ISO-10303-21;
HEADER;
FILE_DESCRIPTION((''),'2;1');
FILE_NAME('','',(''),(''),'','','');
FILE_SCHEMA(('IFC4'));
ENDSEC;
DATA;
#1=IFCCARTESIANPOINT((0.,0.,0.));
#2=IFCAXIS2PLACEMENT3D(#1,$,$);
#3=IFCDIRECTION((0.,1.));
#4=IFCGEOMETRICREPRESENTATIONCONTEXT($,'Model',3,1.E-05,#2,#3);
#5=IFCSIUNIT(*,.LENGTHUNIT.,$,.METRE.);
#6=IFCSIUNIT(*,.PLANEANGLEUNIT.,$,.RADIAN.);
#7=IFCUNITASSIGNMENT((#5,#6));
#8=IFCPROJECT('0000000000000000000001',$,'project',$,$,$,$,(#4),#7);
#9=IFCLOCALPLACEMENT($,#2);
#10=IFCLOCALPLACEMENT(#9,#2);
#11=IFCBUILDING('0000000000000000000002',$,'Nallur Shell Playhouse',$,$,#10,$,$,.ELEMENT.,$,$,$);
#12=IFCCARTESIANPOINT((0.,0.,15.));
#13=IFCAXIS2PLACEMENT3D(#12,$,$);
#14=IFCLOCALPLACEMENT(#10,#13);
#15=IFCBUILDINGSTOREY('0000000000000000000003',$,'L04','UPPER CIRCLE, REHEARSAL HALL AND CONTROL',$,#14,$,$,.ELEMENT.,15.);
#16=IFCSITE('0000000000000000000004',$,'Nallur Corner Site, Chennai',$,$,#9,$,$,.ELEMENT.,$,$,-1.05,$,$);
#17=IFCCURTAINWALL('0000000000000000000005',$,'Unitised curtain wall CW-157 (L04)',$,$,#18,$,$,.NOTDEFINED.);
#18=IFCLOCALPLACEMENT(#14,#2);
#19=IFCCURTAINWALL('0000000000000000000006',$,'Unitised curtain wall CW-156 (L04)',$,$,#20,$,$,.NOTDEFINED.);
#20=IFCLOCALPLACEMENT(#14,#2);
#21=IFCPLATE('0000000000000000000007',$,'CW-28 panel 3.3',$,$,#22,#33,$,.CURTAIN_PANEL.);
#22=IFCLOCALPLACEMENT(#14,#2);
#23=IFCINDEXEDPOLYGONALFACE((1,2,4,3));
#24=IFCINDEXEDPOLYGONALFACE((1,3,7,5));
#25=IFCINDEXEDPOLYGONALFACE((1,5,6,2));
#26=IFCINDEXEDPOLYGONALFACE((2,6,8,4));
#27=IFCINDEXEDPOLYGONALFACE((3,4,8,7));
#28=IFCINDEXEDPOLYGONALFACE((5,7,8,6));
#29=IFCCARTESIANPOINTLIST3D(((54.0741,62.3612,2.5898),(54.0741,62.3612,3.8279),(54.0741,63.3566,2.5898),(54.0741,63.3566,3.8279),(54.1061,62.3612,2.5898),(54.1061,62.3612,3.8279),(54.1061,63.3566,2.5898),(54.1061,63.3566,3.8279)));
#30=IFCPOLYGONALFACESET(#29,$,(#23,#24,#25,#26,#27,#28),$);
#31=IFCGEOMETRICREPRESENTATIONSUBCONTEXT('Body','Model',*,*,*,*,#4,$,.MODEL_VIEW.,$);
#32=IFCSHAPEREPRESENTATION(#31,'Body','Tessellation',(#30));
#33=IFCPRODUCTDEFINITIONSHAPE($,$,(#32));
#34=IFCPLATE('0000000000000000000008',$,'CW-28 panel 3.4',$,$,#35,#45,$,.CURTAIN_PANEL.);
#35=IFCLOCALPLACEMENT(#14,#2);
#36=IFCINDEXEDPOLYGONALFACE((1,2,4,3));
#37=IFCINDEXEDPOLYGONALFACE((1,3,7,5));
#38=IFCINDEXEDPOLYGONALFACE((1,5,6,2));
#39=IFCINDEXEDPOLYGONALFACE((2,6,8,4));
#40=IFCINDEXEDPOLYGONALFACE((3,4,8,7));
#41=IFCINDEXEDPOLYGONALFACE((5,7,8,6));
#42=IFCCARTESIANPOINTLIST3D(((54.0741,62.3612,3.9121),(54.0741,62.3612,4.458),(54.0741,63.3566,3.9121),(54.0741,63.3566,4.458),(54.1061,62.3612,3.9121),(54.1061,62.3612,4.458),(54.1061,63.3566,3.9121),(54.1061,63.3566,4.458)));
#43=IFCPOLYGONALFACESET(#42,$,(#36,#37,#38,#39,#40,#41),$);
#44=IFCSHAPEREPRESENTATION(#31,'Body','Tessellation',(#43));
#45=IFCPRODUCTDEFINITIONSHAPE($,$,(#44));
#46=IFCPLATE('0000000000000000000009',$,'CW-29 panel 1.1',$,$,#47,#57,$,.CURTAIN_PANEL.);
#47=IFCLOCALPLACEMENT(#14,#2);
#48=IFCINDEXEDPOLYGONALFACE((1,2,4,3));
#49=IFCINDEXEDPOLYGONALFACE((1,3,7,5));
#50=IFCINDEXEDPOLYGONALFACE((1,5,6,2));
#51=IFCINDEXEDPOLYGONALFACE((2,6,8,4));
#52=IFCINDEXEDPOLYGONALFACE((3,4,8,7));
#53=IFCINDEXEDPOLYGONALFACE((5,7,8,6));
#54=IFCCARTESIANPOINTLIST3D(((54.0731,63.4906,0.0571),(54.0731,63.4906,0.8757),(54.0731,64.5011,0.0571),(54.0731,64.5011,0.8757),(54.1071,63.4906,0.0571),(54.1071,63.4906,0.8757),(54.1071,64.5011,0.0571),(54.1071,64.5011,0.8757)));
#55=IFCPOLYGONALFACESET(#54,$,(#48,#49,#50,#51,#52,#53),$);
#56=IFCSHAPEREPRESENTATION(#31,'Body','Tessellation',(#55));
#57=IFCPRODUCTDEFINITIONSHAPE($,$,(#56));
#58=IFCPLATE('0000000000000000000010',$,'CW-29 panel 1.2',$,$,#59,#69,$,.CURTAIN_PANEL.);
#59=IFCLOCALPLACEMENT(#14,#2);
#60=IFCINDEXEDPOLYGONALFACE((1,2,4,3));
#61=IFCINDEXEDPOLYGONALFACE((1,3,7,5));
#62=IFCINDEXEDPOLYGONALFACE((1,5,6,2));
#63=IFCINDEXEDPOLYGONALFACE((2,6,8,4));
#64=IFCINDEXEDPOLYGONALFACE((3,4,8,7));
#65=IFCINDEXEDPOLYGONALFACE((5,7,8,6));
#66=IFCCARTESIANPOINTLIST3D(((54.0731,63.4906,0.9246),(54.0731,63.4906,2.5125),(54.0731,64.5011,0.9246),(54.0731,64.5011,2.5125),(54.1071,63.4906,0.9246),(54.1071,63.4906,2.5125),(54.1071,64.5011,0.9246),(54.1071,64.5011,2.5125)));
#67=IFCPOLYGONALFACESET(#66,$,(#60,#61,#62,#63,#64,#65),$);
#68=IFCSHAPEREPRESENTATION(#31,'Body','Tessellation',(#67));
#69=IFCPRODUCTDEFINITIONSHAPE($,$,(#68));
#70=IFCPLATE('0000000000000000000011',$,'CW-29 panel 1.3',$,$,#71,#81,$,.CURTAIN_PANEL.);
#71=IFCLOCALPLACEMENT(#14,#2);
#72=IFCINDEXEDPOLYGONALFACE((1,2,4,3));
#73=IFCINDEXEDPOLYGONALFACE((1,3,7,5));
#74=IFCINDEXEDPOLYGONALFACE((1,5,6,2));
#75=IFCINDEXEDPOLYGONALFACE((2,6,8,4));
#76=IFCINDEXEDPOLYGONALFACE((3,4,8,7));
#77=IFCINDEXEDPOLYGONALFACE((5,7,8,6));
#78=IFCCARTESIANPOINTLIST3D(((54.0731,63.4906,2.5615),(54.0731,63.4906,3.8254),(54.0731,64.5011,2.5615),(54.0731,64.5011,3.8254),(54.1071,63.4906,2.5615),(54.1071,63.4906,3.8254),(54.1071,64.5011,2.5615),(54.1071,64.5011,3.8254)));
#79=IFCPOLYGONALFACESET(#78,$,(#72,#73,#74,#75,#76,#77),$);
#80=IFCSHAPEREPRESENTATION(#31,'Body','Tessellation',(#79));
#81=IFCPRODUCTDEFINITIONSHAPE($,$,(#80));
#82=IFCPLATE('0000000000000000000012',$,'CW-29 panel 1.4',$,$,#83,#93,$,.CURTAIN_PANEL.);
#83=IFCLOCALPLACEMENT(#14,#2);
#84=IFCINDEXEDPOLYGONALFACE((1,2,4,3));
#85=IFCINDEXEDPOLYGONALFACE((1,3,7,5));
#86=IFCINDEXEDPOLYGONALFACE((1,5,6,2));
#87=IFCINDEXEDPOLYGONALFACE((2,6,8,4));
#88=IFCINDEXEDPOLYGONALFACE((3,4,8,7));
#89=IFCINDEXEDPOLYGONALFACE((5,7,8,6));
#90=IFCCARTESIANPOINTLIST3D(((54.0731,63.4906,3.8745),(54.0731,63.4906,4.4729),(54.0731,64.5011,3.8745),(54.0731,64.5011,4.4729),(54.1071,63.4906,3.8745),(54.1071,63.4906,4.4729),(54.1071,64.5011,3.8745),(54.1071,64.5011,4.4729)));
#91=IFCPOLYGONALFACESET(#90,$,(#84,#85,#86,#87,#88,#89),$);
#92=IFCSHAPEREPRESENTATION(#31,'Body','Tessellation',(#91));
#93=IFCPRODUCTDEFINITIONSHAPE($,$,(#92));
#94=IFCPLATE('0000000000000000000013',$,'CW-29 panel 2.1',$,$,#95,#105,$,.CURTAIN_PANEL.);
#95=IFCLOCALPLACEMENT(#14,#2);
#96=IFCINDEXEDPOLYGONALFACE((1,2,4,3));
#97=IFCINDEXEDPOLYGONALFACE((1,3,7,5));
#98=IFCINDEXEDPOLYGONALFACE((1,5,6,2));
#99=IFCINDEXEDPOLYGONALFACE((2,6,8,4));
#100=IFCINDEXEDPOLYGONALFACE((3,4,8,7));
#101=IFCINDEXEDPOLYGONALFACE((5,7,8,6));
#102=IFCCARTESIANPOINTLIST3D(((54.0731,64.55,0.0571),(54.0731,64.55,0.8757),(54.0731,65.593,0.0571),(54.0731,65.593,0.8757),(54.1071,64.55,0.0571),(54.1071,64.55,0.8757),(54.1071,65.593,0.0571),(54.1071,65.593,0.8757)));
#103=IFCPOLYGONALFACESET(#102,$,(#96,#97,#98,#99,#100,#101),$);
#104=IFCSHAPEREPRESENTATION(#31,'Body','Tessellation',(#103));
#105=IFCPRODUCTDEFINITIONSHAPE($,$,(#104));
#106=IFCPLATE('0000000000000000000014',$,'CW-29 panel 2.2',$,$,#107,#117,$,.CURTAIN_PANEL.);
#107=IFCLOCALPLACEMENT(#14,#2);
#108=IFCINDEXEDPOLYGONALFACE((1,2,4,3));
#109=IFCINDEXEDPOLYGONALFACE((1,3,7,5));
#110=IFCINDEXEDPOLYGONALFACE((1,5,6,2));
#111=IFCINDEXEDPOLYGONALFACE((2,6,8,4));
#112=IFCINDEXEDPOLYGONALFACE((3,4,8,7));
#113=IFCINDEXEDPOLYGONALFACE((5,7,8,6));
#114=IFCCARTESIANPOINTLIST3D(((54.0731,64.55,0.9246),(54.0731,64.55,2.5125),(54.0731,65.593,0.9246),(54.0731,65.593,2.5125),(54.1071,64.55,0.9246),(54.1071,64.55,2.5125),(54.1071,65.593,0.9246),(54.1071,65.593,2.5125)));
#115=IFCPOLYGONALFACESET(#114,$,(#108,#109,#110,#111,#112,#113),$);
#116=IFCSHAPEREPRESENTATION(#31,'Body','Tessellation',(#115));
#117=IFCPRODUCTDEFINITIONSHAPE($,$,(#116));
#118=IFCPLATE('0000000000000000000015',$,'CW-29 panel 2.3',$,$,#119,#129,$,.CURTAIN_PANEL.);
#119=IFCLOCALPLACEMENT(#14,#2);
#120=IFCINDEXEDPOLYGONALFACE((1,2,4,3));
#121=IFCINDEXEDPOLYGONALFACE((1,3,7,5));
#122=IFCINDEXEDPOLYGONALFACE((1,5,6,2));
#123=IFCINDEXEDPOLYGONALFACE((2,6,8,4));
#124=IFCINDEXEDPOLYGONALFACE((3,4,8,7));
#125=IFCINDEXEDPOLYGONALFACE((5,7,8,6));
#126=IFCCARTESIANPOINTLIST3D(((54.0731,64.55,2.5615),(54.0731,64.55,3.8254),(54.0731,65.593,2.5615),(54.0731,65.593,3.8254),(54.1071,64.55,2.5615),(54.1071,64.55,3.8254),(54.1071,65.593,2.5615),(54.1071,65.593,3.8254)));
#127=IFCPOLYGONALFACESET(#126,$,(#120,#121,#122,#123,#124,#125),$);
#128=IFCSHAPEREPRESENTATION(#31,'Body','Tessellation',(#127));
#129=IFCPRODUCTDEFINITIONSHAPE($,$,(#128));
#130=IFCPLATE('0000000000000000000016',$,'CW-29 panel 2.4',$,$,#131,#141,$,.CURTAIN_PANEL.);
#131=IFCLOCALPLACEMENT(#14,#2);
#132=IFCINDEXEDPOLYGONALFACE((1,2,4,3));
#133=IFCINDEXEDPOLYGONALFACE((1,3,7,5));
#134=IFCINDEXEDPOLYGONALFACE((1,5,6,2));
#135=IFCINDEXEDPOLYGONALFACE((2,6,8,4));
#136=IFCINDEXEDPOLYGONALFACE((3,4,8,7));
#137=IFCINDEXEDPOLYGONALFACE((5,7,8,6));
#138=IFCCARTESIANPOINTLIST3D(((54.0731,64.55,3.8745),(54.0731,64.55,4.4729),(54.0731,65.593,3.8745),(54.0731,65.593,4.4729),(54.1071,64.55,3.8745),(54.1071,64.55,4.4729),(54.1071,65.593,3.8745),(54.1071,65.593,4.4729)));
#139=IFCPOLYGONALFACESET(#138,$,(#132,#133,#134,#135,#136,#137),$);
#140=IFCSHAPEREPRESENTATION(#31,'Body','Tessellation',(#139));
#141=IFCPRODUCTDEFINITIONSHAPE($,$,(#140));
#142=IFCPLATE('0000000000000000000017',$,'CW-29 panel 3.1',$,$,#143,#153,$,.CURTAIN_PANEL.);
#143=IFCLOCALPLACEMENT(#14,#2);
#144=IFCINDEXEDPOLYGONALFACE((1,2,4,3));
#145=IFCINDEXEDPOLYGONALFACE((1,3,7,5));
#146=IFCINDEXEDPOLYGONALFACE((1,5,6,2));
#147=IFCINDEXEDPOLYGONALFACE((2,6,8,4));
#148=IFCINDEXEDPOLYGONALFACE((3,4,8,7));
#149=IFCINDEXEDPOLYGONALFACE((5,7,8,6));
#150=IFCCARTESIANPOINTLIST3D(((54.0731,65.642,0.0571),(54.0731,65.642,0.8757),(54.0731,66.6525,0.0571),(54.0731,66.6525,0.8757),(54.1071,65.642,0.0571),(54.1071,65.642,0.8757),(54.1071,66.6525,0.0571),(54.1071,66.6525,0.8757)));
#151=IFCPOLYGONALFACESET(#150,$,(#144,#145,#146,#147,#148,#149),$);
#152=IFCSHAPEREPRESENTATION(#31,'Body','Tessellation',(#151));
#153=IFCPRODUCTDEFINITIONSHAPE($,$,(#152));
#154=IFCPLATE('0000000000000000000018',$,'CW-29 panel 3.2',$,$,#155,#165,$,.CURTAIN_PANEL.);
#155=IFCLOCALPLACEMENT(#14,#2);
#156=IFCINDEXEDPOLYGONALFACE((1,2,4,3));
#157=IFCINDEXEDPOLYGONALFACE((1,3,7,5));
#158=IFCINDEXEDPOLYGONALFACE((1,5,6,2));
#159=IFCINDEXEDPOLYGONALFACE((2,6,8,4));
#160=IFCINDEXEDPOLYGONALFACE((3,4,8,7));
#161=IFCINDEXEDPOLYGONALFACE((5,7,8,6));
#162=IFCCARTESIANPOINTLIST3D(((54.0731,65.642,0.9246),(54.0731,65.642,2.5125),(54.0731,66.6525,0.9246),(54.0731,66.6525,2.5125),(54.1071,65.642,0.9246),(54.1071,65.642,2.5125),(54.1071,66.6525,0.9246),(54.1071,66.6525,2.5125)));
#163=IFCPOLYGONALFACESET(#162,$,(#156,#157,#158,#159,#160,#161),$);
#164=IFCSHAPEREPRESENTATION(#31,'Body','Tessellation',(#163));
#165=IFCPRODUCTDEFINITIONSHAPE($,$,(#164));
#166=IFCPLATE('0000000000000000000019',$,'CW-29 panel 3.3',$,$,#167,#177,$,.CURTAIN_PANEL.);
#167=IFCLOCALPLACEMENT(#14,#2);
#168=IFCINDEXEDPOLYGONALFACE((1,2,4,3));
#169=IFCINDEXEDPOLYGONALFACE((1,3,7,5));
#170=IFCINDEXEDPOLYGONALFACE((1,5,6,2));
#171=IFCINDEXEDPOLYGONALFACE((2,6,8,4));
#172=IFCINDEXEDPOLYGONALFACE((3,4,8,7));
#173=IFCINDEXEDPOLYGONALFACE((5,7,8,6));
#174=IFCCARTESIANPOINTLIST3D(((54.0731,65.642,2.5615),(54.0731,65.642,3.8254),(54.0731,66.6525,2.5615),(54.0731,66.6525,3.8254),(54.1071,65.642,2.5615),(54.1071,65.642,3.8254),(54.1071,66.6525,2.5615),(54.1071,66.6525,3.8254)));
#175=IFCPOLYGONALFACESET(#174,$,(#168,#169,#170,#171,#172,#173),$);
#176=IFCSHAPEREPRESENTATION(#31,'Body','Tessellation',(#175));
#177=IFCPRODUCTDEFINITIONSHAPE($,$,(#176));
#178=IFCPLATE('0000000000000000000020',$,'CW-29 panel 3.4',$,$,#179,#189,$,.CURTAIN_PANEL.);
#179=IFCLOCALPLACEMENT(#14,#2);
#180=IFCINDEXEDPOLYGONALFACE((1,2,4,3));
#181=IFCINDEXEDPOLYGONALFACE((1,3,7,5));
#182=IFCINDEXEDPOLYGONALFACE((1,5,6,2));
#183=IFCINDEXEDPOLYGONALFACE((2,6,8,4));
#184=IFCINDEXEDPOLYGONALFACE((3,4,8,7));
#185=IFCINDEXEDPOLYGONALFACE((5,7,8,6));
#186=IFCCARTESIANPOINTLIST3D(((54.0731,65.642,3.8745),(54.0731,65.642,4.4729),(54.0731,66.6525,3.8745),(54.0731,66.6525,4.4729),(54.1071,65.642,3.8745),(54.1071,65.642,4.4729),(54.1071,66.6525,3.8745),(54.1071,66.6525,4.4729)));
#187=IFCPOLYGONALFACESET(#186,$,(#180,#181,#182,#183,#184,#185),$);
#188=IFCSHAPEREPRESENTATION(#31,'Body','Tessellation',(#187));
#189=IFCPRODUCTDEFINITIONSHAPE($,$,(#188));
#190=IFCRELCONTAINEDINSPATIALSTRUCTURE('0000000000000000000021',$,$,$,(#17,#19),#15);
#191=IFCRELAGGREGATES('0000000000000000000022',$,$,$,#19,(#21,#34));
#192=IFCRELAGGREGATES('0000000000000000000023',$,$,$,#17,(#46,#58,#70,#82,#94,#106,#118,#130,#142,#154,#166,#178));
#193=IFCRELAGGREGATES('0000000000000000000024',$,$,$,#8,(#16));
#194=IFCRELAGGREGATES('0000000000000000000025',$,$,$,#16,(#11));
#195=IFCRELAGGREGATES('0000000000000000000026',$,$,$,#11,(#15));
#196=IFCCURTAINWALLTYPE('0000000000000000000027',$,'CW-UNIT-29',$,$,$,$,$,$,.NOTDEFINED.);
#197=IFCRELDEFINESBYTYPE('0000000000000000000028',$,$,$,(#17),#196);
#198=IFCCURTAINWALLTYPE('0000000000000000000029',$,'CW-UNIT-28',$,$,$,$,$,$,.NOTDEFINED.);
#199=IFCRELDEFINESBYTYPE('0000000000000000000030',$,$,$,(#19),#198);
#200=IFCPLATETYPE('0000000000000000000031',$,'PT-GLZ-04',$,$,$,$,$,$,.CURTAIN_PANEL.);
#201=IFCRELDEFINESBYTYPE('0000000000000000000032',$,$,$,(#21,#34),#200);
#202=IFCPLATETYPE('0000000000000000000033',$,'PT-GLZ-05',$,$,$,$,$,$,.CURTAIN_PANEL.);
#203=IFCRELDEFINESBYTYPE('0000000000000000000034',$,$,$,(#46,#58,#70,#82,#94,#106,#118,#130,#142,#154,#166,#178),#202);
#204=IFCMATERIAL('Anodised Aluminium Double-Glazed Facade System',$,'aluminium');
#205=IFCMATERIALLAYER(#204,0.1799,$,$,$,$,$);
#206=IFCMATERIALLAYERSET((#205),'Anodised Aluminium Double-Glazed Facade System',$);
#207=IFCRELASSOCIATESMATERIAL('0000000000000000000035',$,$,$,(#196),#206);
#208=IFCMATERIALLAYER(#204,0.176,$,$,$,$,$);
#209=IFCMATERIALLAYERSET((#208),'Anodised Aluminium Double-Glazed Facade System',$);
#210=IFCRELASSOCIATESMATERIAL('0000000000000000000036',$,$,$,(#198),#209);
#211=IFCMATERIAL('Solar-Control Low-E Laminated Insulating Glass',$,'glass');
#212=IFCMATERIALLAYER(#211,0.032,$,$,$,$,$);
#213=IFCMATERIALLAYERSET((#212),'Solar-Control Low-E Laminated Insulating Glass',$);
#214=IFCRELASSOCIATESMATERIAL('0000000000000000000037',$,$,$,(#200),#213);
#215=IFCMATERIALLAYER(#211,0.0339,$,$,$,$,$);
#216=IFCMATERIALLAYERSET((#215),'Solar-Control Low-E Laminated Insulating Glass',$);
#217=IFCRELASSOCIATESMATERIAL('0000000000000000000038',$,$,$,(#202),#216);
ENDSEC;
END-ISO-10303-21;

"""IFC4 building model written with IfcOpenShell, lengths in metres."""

from ifc_helpers import new_model, si_unit, direction, frame, origin, origin_2d, place, context, subcontext, project, spatial, rectangle, extrude, material, layer, layer_set, type_object, element, aggregate, save


model = new_model("IFC4")

# Units and contexts
model_context = context("Model", 3, precision=1e-05, world=origin(), true_north=direction((0.0, 1.0)))
body_context = subcontext(model_context, "Body", "Model", "MODEL_VIEW")
ifc_project = project(units=[si_unit("LENGTHUNIT", "METRE"), si_unit("PLANEANGLEUNIT", "RADIAN")], contexts=[model_context])

# Site, building, storey
site_placement = place(None, origin())
site = spatial("IfcSite", under=ifc_project, at=site_placement, Name="Nallur Corner Site, Chennai", CompositionType="ELEMENT", RefElevation=-1.05)
building_placement = place(site_placement, origin())
building = spatial("IfcBuilding", under=site, at=building_placement, Name="Nallur Shell Playhouse", CompositionType="ELEMENT")
storey_placement = place(building_placement, frame((0.0, 0.0, 15.0)))
storey = spatial("IfcBuildingStorey", under=building, at=storey_placement, Name="L04", Description="UPPER CIRCLE, REHEARSAL HALL AND CONTROL", CompositionType="ELEMENT", Elevation=15.0)

# Curtain wall
ifc_material_1 = material(Name="Anodised Aluminium Double-Glazed Facade System", Category="aluminium")
ifc_layer_1 = layer(ifc_material_1, 0.1799)
ifc_layer_set_1 = layer_set([ifc_layer_1], Name="Anodised Aluminium Double-Glazed Facade System")
curtain_wall_type_1 = type_object("IfcCurtainWallType", Name="CW-UNIT-29", PredefinedType="NOTDEFINED", material=ifc_layer_set_1)
curtain_wall_1_placement = place(storey_placement, origin())
curtain_wall_1 = element("IfcCurtainWall", 1, at=curtain_wall_1_placement, inside=storey, type_object=curtain_wall_type_1, Name="Unitised curtain wall CW-157 (L04)", PredefinedType="NOTDEFINED")

# Curtain wall
ifc_layer_2 = layer(ifc_material_1, 0.176)
ifc_layer_set_2 = layer_set([ifc_layer_2], Name="Anodised Aluminium Double-Glazed Facade System")
curtain_wall_type_2 = type_object("IfcCurtainWallType", Name="CW-UNIT-28", PredefinedType="NOTDEFINED", material=ifc_layer_set_2)
curtain_wall_2_placement = place(storey_placement, origin())
curtain_wall_2 = element("IfcCurtainWall", 2, at=curtain_wall_2_placement, inside=storey, type_object=curtain_wall_type_2, Name="Unitised curtain wall CW-156 (L04)", PredefinedType="NOTDEFINED")

# Plates
ifc_material_2 = material(Name="Solar-Control Low-E Laminated Insulating Glass", Category="glass")
ifc_layer_3 = layer(ifc_material_2, 0.032)
ifc_layer_set_3 = layer_set([ifc_layer_3], Name="Solar-Control Low-E Laminated Insulating Glass")
plate_type_1 = type_object("IfcPlateType", Name="PT-GLZ-04", PredefinedType="CURTAIN_PANEL", material=ifc_layer_set_3)
plate_1_placement = place(storey_placement, frame((54.0901, 62.8589, 2.5898), z_axis=(0.0, 0.0, 1.0), x_axis=(0.0, 1.0, 0.0)))
plate_1 = element("IfcPlate", 3, at=plate_1_placement, type_object=plate_type_1, Name="CW-28 panel 3.3", PredefinedType="CURTAIN_PANEL", context=body_context, shape_type="SweptSolid", body=[
    extrude(rectangle(XDim=0.9954, YDim=0.032, at=origin_2d()), origin(), (0.0, 0.0, 1.0), 1.238),
])
plate_2_placement = place(storey_placement, frame((54.0901, 62.8589, 3.9121), z_axis=(0.0, 0.0, 1.0), x_axis=(0.0, 1.0, 0.0)))
plate_2 = element("IfcPlate", 4, at=plate_2_placement, type_object=plate_type_1, Name="CW-28 panel 3.4", PredefinedType="CURTAIN_PANEL", context=body_context, shape_type="SweptSolid", body=[
    extrude(rectangle(XDim=0.9954, YDim=0.032, at=origin_2d()), origin(), (0.0, 0.0, 1.0), 0.5459),
])
aggregate(curtain_wall_2, [plate_1, plate_2])
ifc_layer_4 = layer(ifc_material_2, 0.0339)
ifc_layer_set_4 = layer_set([ifc_layer_4], Name="Solar-Control Low-E Laminated Insulating Glass")
plate_type_2 = type_object("IfcPlateType", Name="PT-GLZ-05", PredefinedType="CURTAIN_PANEL", material=ifc_layer_set_4)
plate_3_placement = place(storey_placement, frame((54.0901, 63.9958, 0.0571), z_axis=(0.0, 0.0, 1.0), x_axis=(0.0, 1.0, 0.0)))
plate_3 = element("IfcPlate", 5, at=plate_3_placement, type_object=plate_type_2, Name="CW-29 panel 1.1", PredefinedType="CURTAIN_PANEL", context=body_context, shape_type="SweptSolid", body=[
    extrude(rectangle(XDim=1.0105, YDim=0.0339, at=origin_2d()), origin(), (0.0, 0.0, 1.0), 0.8186),
])
plate_4_placement = place(storey_placement, frame((54.0901, 63.9958, 0.9246), z_axis=(0.0, 0.0, 1.0), x_axis=(0.0, 1.0, 0.0)))
plate_4 = element("IfcPlate", 6, at=plate_4_placement, type_object=plate_type_2, Name="CW-29 panel 1.2", PredefinedType="CURTAIN_PANEL", context=body_context, shape_type="SweptSolid", body=[
    extrude(rectangle(XDim=1.0105, YDim=0.0339, at=origin_2d()), origin(), (0.0, 0.0, 1.0), 1.5879),
])
plate_5_placement = place(storey_placement, frame((54.0901, 63.9958, 2.5615), z_axis=(0.0, 0.0, 1.0), x_axis=(0.0, 1.0, 0.0)))
plate_5 = element("IfcPlate", 7, at=plate_5_placement, type_object=plate_type_2, Name="CW-29 panel 1.3", PredefinedType="CURTAIN_PANEL", context=body_context, shape_type="SweptSolid", body=[
    extrude(rectangle(XDim=1.0105, YDim=0.0339, at=origin_2d()), origin(), (0.0, 0.0, 1.0), 1.2639),
])
plate_6_placement = place(storey_placement, frame((54.0901, 63.9958, 3.8745), z_axis=(0.0, 0.0, 1.0), x_axis=(0.0, 1.0, 0.0)))
plate_6 = element("IfcPlate", 8, at=plate_6_placement, type_object=plate_type_2, Name="CW-29 panel 1.4", PredefinedType="CURTAIN_PANEL", context=body_context, shape_type="SweptSolid", body=[
    extrude(rectangle(XDim=1.0105, YDim=0.0339, at=origin_2d()), origin(), (0.0, 0.0, 1.0), 0.5984),
])
plate_7_placement = place(storey_placement, frame((54.0901, 65.0715, 0.0571), z_axis=(0.0, 0.0, 1.0), x_axis=(0.0, 1.0, 0.0)))
plate_7 = element("IfcPlate", 9, at=plate_7_placement, type_object=plate_type_2, Name="CW-29 panel 2.1", PredefinedType="CURTAIN_PANEL", context=body_context, shape_type="SweptSolid", body=[
    extrude(rectangle(XDim=1.043, YDim=0.0339, at=origin_2d()), origin(), (0.0, 0.0, 1.0), 0.8186),
])
plate_8_placement = place(storey_placement, frame((54.0901, 65.0715, 0.9246), z_axis=(0.0, 0.0, 1.0), x_axis=(0.0, 1.0, 0.0)))
plate_8 = element("IfcPlate", 10, at=plate_8_placement, type_object=plate_type_2, Name="CW-29 panel 2.2", PredefinedType="CURTAIN_PANEL", context=body_context, shape_type="SweptSolid", body=[
    extrude(rectangle(XDim=1.043, YDim=0.0339, at=origin_2d()), origin(), (0.0, 0.0, 1.0), 1.5879),
])
plate_9_placement = place(storey_placement, frame((54.0901, 65.0715, 2.5615), z_axis=(0.0, 0.0, 1.0), x_axis=(0.0, 1.0, 0.0)))
plate_9 = element("IfcPlate", 11, at=plate_9_placement, type_object=plate_type_2, Name="CW-29 panel 2.3", PredefinedType="CURTAIN_PANEL", context=body_context, shape_type="SweptSolid", body=[
    extrude(rectangle(XDim=1.043, YDim=0.0339, at=origin_2d()), origin(), (0.0, 0.0, 1.0), 1.2639),
])
plate_10_placement = place(storey_placement, frame((54.0901, 65.0715, 3.8745), z_axis=(0.0, 0.0, 1.0), x_axis=(0.0, 1.0, 0.0)))
plate_10 = element("IfcPlate", 12, at=plate_10_placement, type_object=plate_type_2, Name="CW-29 panel 2.4", PredefinedType="CURTAIN_PANEL", context=body_context, shape_type="SweptSolid", body=[
    extrude(rectangle(XDim=1.043, YDim=0.0339, at=origin_2d()), origin(), (0.0, 0.0, 1.0), 0.5984),
])
plate_11_placement = place(storey_placement, frame((54.0901, 66.1472, 0.0571), z_axis=(0.0, 0.0, 1.0), x_axis=(0.0, 1.0, 0.0)))
plate_11 = element("IfcPlate", 13, at=plate_11_placement, type_object=plate_type_2, Name="CW-29 panel 3.1", PredefinedType="CURTAIN_PANEL", context=body_context, shape_type="SweptSolid", body=[
    extrude(rectangle(XDim=1.0105, YDim=0.0339, at=origin_2d()), origin(), (0.0, 0.0, 1.0), 0.8186),
])
plate_12_placement = place(storey_placement, frame((54.0901, 66.1472, 0.9246), z_axis=(0.0, 0.0, 1.0), x_axis=(0.0, 1.0, 0.0)))
plate_12 = element("IfcPlate", 14, at=plate_12_placement, type_object=plate_type_2, Name="CW-29 panel 3.2", PredefinedType="CURTAIN_PANEL", context=body_context, shape_type="SweptSolid", body=[
    extrude(rectangle(XDim=1.0105, YDim=0.0339, at=origin_2d()), origin(), (0.0, 0.0, 1.0), 1.5879),
])
plate_13_placement = place(storey_placement, frame((54.0901, 66.1472, 2.5615), z_axis=(0.0, 0.0, 1.0), x_axis=(0.0, 1.0, 0.0)))
plate_13 = element("IfcPlate", 15, at=plate_13_placement, type_object=plate_type_2, Name="CW-29 panel 3.3", PredefinedType="CURTAIN_PANEL", context=body_context, shape_type="SweptSolid", body=[
    extrude(rectangle(XDim=1.0105, YDim=0.0339, at=origin_2d()), origin(), (0.0, 0.0, 1.0), 1.2639),
])
plate_14_placement = place(storey_placement, frame((54.0901, 66.1472, 3.8745), z_axis=(0.0, 0.0, 1.0), x_axis=(0.0, 1.0, 0.0)))
plate_14 = element("IfcPlate", 16, at=plate_14_placement, type_object=plate_type_2, Name="CW-29 panel 3.4", PredefinedType="CURTAIN_PANEL", context=body_context, shape_type="SweptSolid", body=[
    extrude(rectangle(XDim=1.0105, YDim=0.0339, at=origin_2d()), origin(), (0.0, 0.0, 1.0), 0.5984),
])
aggregate(curtain_wall_1, [plate_3, plate_4, plate_5, plate_6, plate_7, plate_8, plate_9, plate_10, plate_11, plate_12, plate_13, plate_14])

save(model, "model.ifc")
